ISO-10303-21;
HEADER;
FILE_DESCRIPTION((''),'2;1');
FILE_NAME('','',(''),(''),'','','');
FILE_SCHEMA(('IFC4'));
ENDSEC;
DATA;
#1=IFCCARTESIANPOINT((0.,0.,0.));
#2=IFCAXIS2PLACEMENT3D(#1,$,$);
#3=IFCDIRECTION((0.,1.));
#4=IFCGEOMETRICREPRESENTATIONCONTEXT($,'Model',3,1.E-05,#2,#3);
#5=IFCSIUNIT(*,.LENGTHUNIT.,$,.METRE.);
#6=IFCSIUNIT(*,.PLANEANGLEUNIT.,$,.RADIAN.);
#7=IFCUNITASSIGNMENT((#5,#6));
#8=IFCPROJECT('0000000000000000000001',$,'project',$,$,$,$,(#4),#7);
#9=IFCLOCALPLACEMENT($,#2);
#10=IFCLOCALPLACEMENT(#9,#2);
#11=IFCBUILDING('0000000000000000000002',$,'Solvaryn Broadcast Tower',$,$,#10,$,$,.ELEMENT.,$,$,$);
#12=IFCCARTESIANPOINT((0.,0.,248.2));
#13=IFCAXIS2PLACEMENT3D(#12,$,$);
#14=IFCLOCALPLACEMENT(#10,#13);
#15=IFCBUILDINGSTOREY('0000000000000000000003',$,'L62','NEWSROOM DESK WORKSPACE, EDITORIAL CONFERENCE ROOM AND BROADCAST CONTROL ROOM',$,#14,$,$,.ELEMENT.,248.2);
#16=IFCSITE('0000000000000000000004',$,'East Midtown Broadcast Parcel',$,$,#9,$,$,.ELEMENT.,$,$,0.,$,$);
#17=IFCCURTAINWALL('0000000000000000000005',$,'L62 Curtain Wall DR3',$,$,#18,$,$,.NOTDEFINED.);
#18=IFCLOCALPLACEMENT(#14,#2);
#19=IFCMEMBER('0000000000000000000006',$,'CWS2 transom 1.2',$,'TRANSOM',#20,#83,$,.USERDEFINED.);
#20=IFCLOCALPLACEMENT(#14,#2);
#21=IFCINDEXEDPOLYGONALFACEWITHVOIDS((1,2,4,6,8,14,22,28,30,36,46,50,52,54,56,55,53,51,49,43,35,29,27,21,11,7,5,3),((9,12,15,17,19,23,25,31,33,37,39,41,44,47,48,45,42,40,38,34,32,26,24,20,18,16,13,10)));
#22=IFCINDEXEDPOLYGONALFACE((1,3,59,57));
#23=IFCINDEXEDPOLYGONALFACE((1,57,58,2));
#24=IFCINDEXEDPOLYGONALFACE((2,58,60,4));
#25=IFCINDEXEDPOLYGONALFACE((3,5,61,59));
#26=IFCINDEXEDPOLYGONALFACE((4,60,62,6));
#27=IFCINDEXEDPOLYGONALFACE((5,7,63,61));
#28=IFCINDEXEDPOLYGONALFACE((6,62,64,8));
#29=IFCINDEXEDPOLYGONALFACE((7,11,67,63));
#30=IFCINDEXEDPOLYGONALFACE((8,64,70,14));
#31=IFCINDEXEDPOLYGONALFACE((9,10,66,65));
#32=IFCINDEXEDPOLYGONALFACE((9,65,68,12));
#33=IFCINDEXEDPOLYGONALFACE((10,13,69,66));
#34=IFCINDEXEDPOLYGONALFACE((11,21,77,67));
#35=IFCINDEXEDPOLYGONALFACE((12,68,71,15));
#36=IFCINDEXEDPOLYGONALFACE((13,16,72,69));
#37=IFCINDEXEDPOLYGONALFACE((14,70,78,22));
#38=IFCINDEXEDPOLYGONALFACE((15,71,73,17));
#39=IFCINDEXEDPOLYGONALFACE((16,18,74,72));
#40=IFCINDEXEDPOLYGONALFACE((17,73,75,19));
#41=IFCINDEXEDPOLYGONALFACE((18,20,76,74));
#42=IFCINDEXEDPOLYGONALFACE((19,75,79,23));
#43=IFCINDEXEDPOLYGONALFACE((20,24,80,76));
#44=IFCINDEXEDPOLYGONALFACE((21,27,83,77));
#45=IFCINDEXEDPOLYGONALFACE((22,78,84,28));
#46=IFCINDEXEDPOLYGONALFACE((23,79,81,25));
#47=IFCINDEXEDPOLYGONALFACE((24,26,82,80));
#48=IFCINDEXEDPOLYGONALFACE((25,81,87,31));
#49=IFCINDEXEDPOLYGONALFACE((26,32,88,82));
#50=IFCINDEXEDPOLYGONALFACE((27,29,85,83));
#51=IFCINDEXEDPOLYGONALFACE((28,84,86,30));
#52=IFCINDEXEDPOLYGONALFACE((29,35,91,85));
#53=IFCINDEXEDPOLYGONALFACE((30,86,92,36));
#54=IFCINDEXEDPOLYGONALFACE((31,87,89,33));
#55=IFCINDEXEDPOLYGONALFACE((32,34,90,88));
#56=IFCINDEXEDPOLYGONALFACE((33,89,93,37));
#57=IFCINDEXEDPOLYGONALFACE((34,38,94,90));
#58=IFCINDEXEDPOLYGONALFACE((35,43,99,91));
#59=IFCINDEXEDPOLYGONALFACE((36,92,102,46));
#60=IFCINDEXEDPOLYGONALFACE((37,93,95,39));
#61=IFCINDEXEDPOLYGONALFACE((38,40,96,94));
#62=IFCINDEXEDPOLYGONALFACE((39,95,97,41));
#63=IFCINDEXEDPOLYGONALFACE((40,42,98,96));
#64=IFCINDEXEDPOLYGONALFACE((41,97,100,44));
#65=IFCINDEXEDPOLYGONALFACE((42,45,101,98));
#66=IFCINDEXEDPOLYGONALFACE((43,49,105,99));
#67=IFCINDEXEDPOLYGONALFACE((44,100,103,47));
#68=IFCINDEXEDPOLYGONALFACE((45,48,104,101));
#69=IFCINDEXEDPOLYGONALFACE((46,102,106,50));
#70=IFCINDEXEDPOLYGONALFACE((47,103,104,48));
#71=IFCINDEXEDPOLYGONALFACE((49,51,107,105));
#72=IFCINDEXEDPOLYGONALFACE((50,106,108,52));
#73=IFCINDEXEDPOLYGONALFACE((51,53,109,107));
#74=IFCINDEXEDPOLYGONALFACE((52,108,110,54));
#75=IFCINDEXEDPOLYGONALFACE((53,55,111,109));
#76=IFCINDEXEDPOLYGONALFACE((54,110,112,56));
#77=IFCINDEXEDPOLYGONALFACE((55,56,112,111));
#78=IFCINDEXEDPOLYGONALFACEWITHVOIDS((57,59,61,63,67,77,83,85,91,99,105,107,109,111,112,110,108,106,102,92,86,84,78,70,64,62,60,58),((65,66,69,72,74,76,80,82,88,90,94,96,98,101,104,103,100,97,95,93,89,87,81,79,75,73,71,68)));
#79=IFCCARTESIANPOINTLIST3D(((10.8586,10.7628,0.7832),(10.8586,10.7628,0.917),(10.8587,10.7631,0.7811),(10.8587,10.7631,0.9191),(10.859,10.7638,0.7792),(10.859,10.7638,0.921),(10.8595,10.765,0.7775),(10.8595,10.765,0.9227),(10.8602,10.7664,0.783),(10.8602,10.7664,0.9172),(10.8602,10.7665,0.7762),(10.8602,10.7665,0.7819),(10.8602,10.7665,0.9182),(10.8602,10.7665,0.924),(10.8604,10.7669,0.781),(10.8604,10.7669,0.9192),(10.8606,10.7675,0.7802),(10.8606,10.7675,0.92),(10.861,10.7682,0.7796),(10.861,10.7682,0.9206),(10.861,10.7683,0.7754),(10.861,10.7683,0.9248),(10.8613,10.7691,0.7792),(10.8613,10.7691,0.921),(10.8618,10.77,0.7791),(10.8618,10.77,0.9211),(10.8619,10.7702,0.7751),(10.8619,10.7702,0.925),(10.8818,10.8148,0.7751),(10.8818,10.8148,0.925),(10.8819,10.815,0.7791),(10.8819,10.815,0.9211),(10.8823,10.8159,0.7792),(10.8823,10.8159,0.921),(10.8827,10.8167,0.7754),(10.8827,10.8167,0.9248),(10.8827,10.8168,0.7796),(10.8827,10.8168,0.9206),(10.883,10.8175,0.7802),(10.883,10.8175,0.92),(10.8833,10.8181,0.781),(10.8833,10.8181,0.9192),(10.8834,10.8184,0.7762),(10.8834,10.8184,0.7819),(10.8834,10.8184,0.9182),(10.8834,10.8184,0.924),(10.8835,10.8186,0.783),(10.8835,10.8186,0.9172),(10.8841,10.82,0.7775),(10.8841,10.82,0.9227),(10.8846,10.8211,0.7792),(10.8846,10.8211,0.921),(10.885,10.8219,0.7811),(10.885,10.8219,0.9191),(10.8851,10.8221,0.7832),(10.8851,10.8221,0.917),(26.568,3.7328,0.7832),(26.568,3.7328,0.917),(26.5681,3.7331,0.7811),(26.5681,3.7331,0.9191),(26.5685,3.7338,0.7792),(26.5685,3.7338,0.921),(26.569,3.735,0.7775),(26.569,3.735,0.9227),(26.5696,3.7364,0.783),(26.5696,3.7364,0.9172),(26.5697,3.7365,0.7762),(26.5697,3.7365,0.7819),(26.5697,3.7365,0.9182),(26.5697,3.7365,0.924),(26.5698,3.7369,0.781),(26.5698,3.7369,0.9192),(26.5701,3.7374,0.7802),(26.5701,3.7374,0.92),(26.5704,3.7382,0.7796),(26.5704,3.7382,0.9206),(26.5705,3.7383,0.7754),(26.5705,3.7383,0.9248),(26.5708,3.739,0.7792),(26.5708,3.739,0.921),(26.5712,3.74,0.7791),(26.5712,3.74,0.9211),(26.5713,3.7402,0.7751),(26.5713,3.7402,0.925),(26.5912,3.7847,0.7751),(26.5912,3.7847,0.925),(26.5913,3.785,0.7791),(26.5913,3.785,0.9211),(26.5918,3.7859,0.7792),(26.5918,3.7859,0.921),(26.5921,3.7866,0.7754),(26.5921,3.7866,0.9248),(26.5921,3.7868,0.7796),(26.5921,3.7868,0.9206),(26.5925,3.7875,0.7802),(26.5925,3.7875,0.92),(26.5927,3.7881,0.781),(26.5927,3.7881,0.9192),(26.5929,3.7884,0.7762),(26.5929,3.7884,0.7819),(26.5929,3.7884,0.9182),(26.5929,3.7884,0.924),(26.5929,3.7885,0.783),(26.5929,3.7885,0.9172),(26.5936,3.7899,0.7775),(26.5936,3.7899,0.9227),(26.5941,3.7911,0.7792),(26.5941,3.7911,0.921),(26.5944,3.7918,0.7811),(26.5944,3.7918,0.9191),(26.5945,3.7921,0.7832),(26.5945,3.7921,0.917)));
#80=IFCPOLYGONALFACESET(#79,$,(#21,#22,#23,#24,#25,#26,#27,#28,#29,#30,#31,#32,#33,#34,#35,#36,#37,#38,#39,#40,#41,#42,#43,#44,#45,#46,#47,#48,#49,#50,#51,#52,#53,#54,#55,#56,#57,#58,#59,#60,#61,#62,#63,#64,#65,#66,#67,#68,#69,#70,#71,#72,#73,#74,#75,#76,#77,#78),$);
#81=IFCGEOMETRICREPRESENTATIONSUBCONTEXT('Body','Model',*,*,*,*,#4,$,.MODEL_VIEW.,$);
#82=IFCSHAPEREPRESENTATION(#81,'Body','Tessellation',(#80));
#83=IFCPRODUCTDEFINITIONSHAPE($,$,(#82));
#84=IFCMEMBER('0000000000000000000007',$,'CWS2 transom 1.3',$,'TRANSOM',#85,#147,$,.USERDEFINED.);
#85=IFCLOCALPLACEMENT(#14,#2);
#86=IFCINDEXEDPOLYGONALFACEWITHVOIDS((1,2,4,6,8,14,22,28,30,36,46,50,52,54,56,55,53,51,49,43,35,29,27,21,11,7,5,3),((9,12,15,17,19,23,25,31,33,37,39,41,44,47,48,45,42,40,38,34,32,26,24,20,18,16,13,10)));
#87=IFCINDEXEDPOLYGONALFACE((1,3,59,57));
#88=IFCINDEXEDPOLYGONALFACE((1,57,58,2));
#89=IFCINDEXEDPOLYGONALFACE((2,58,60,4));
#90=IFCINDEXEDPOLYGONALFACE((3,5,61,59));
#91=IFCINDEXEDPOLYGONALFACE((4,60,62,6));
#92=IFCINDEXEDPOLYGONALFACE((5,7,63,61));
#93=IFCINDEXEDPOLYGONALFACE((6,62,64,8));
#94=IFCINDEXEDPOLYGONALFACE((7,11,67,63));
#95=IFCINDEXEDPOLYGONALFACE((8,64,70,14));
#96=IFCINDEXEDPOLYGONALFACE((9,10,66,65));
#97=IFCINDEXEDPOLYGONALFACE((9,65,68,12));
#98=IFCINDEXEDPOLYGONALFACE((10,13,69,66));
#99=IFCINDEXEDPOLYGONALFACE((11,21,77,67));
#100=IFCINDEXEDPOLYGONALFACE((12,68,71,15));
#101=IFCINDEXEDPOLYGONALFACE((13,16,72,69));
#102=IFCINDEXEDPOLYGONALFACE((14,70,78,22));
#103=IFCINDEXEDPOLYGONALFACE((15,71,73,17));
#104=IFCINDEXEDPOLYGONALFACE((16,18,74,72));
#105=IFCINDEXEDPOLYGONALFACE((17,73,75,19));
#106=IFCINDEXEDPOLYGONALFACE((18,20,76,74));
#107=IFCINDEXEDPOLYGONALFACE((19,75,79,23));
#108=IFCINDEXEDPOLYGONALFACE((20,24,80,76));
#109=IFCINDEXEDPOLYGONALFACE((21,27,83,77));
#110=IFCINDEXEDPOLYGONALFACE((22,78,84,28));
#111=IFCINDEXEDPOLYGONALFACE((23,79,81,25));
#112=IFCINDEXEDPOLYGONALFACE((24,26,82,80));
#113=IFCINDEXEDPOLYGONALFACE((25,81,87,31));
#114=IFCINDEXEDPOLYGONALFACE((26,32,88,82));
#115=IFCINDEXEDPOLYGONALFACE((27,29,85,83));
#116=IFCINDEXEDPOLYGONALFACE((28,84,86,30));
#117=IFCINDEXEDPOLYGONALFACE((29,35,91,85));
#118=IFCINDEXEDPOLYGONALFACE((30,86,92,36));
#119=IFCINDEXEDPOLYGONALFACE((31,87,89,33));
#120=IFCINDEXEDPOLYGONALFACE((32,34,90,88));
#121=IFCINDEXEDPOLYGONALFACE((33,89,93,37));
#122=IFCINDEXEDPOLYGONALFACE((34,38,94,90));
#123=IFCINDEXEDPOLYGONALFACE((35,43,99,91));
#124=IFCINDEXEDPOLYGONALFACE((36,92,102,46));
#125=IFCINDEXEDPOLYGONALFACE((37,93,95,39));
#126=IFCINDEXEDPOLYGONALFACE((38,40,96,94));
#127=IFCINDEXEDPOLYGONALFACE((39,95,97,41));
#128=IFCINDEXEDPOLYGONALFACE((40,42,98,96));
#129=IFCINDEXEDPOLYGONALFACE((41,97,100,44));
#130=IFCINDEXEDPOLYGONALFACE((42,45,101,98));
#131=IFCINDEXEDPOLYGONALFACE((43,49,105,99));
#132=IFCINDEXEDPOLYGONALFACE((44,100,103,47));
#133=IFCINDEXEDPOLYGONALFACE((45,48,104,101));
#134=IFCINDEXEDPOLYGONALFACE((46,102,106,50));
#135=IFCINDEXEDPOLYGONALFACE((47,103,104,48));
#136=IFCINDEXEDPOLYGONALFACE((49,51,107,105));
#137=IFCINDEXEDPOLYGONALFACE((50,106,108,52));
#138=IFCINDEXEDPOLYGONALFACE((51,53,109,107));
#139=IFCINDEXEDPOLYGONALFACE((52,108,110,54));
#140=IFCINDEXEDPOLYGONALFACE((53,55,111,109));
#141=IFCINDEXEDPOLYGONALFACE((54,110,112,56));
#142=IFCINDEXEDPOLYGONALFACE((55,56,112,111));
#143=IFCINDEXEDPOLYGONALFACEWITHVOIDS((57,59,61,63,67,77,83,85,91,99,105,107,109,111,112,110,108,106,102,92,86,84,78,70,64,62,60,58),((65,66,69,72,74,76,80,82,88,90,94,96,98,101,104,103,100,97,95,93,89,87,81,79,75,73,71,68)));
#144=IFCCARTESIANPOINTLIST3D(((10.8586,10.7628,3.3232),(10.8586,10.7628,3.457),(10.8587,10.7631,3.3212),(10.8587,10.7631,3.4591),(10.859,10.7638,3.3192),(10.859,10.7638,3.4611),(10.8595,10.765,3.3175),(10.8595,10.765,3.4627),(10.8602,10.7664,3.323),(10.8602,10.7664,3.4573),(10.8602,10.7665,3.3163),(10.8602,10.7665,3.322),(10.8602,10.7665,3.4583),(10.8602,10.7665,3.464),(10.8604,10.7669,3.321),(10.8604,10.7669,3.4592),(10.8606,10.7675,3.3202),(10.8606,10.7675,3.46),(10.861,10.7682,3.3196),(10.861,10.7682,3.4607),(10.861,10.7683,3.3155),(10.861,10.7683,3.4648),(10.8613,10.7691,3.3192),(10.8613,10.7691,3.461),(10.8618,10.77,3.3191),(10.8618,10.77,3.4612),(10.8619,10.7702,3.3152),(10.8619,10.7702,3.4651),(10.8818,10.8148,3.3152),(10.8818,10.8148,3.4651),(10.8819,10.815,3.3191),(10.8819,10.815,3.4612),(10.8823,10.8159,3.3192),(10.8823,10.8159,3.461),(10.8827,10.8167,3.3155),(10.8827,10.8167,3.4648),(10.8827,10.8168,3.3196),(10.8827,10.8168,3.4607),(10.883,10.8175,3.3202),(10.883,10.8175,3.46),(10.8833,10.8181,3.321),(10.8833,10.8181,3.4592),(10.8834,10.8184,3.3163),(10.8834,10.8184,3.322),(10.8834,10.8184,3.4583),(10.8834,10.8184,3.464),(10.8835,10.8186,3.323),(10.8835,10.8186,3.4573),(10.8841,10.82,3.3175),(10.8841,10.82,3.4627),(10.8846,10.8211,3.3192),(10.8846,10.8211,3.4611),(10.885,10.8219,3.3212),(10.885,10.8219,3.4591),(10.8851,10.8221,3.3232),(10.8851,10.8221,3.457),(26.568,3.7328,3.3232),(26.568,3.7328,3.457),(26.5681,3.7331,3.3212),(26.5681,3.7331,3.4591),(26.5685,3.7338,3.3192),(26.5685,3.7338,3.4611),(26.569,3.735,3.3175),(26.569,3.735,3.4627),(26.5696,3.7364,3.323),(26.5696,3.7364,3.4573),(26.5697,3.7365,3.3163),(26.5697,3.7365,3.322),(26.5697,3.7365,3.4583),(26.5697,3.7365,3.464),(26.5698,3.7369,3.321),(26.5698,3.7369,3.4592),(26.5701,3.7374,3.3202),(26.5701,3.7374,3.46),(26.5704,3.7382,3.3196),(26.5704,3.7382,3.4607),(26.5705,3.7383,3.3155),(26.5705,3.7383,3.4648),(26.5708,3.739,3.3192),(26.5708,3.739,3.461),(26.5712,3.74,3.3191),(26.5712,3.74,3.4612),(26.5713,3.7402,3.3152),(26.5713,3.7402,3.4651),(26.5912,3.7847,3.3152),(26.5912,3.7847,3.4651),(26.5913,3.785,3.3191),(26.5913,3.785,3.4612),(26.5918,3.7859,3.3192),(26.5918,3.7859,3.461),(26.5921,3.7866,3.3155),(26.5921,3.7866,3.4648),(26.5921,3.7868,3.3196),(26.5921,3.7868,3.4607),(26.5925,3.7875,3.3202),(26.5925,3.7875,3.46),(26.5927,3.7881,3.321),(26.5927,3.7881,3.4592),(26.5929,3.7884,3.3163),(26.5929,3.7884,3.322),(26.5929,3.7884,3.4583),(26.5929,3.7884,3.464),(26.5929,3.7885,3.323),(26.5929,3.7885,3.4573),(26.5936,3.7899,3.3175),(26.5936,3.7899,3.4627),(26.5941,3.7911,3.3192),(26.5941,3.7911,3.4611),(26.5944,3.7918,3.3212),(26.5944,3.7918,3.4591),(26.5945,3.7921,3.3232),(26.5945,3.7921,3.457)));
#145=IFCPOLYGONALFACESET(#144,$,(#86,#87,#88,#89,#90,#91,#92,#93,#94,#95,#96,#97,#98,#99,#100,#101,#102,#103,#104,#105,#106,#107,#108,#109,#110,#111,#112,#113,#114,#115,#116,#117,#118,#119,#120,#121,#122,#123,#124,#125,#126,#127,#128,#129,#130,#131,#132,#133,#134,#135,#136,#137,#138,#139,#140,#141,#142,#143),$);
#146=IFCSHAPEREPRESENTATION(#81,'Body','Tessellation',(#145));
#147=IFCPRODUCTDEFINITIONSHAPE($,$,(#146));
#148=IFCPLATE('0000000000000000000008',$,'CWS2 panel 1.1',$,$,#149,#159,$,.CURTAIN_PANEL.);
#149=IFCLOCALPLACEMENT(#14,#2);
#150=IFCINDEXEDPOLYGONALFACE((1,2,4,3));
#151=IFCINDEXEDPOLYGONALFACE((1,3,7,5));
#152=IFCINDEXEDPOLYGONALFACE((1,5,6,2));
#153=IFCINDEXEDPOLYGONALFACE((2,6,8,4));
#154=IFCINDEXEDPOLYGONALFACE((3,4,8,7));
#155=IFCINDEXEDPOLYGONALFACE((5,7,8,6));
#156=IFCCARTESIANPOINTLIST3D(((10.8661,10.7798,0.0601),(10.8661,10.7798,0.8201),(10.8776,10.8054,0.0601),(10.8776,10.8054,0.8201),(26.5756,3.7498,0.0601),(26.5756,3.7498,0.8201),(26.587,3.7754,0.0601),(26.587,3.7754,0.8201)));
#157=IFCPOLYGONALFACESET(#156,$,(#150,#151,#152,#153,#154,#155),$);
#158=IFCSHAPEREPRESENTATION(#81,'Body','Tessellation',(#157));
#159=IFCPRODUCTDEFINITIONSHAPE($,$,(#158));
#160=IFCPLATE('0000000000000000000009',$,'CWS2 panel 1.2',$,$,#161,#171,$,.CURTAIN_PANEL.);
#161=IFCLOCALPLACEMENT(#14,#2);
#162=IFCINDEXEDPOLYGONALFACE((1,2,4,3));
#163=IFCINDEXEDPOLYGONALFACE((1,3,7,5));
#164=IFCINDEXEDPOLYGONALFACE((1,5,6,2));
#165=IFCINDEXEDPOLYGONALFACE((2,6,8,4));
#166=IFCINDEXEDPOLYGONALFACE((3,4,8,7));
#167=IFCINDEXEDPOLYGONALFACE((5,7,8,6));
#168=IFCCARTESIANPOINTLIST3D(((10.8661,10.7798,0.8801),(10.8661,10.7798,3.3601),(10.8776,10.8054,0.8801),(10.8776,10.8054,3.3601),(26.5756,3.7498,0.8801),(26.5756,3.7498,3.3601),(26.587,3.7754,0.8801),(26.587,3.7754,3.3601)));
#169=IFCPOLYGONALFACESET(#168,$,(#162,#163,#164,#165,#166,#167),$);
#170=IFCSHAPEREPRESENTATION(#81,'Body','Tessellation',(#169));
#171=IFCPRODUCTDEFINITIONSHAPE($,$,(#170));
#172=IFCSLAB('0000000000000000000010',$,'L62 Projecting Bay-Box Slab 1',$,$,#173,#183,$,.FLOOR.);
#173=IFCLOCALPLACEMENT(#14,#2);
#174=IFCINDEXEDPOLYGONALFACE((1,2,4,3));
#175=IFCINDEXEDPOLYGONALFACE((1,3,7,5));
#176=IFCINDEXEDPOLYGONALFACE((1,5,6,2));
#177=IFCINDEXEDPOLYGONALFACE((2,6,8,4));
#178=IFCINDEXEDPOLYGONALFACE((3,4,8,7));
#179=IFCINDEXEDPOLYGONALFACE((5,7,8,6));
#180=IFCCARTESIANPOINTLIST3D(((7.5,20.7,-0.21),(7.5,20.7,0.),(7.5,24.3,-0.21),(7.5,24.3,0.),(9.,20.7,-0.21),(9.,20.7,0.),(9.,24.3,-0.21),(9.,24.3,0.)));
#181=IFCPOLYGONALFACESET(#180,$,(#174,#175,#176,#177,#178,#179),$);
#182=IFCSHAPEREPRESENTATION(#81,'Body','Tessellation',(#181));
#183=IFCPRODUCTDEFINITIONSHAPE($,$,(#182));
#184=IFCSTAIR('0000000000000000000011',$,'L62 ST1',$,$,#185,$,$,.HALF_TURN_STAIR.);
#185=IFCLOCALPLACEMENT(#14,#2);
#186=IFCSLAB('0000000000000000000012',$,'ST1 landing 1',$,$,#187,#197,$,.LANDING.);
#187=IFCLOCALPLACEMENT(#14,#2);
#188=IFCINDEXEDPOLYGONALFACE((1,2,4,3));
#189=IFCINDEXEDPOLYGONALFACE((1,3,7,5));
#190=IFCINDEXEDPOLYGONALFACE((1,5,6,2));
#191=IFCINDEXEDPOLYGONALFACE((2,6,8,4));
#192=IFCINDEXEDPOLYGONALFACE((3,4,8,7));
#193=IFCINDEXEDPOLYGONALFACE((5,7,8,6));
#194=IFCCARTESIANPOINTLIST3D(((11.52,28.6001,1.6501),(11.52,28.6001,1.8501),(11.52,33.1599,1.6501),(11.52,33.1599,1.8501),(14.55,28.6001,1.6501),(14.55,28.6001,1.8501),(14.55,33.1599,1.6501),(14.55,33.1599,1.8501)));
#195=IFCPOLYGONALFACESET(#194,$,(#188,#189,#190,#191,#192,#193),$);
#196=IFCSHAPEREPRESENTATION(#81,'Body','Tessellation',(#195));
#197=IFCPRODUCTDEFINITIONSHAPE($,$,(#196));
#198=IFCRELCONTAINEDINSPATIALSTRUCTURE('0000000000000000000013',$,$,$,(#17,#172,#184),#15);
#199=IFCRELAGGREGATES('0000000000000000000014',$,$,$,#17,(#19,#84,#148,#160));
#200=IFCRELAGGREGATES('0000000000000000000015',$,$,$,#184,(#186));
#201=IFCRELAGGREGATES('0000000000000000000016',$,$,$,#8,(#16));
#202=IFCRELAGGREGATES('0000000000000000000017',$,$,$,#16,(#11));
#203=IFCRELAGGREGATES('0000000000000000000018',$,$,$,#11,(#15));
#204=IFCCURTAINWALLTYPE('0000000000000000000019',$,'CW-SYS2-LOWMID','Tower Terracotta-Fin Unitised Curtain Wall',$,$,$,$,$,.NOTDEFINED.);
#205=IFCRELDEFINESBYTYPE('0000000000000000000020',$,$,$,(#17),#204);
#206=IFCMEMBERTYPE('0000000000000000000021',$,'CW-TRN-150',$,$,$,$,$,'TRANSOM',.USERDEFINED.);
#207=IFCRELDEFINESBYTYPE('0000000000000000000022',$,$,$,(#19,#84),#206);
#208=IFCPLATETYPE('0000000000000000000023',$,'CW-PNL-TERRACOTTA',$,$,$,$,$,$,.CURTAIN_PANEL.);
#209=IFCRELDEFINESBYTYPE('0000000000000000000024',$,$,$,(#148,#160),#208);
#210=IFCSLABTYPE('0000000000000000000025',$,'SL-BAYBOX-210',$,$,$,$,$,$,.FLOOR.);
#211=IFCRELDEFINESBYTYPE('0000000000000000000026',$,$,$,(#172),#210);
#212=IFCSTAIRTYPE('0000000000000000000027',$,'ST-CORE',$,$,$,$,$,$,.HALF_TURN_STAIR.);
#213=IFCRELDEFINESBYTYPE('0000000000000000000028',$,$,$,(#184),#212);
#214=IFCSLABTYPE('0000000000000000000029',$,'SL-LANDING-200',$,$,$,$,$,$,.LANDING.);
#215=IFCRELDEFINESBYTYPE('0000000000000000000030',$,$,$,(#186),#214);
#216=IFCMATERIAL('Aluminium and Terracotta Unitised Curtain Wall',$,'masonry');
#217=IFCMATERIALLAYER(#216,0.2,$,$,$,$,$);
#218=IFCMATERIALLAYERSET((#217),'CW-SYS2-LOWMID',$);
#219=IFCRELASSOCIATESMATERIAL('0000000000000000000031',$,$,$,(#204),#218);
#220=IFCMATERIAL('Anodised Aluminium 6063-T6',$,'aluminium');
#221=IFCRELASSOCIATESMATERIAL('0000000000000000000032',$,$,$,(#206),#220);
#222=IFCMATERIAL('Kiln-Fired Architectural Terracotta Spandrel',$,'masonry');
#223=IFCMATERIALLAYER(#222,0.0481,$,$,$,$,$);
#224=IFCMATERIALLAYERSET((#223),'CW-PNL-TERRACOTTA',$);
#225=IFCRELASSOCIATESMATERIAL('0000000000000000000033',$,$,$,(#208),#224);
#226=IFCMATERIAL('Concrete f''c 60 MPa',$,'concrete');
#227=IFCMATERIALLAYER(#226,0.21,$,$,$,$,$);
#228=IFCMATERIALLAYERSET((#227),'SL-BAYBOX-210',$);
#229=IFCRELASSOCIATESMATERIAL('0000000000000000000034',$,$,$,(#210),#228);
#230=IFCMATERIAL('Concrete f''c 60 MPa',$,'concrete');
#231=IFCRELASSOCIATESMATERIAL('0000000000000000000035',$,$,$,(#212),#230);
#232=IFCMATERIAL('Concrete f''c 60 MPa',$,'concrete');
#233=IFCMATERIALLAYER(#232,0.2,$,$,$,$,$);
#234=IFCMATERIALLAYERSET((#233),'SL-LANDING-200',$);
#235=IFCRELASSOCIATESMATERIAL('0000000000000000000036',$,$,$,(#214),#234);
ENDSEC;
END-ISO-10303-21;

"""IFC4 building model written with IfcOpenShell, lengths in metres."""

from ifc_helpers import new_model, si_unit, direction, frame, origin, origin_2d, place, context, subcontext, project, spatial, polyline, rectangle, hollow_rectangle, outline, extrude, material, layer, layer_set, material_profile, profile_set, type_object, element, aggregate, save


model = new_model("IFC4")

# Units and contexts
model_context = context("Model", 3, precision=1e-05, world=origin(), true_north=direction((0.0, 1.0)))
body_context = subcontext(model_context, "Body", "Model", "MODEL_VIEW")
ifc_project = project(units=[si_unit("LENGTHUNIT", "METRE"), si_unit("PLANEANGLEUNIT", "RADIAN")], contexts=[model_context])

# Site, building, storey
site_placement = place(None, origin())
site = spatial("IfcSite", under=ifc_project, at=site_placement, Name="East Midtown Broadcast Parcel", CompositionType="ELEMENT", RefElevation=0.0)
building_placement = place(site_placement, origin())
building = spatial("IfcBuilding", under=site, at=building_placement, Name="Solvaryn Broadcast Tower", CompositionType="ELEMENT")
storey_placement = place(building_placement, frame((0.0, 0.0, 248.2)))
storey = spatial("IfcBuildingStorey", under=building, at=storey_placement, Name="L62", Description="NEWSROOM DESK WORKSPACE, EDITORIAL CONFERENCE ROOM AND BROADCAST CONTROL ROOM", CompositionType="ELEMENT", Elevation=248.2)

# Shared definitions
ifc_material_1 = material(Name="Aluminium and Terracotta Unitised Curtain Wall", Category="masonry")
ifc_layer_1 = layer(ifc_material_1, 0.2)
ifc_layer_set_1 = layer_set([ifc_layer_1], Name="CW-SYS2-LOWMID")
curtain_wall_type = type_object("IfcCurtainWallType", Name="CW-SYS2-LOWMID", Description="Tower Terracotta-Fin Unitised Curtain Wall", PredefinedType="NOTDEFINED", material=ifc_layer_set_1)

# Curtain wall, members, plates
curtain_wall_1_placement = place(storey_placement, origin())
curtain_wall_1 = element("IfcCurtainWall", 1, at=curtain_wall_1_placement, inside=storey, type_object=curtain_wall_type, Name="L62 Curtain Wall DR3", PredefinedType="NOTDEFINED")
ifc_material_2 = material(Name="Anodised Aluminium 6063-T6", Category="aluminium")
ifc_material_profile_1 = material_profile(ifc_material_2, hollow_rectangle(XDim=0.0649, YDim=0.1499, WallThickness=0.0039, InnerFilletRadius=0.0039, OuterFilletRadius=0.0081, at=origin_2d()))
ifc_profile_set_1 = profile_set([ifc_material_profile_1], Name="Anodised Aluminium 6063-T6")
member_type_1 = type_object("IfcMemberType", Name="CW-TRN-150", ElementType="TRANSOM", PredefinedType="USERDEFINED", material=ifc_profile_set_1)
member_1_placement = place(storey_placement, frame((10.8718, 10.7925, 0.8501), z_axis=(0.912773, -0.408468, 0.0), x_axis=(0.408468, 0.912773, 0.0)))
member_1 = element("IfcMember", 2, at=member_1_placement, type_object=member_type_1, Name="CWS2 transom 1.2", ObjectType="TRANSOM", PredefinedType="USERDEFINED", context=body_context, shape_type="SweptSolid", body=[
    extrude(hollow_rectangle(XDim=0.0649, YDim=0.1499, WallThickness=0.0039, InnerFilletRadius=0.0039, OuterFilletRadius=0.0081, at=origin_2d()), origin(), (0.0, 0.0, 1.0), 17.2107),
])
member_2_placement = place(storey_placement, frame((10.8718, 10.7925, 3.3901), z_axis=(0.912773, -0.408468, 0.0), x_axis=(0.408468, 0.912773, 0.0)))
member_2 = element("IfcMember", 3, at=member_2_placement, type_object=member_type_1, Name="CWS2 transom 1.3", ObjectType="TRANSOM", PredefinedType="USERDEFINED", context=body_context, shape_type="SweptSolid", body=[
    extrude(hollow_rectangle(XDim=0.0649, YDim=0.1499, WallThickness=0.0039, InnerFilletRadius=0.0039, OuterFilletRadius=0.0081, at=origin_2d()), origin(), (0.0, 0.0, 1.0), 17.2107),
])
ifc_material_3 = material(Name="Kiln-Fired Architectural Terracotta Spandrel", Category="masonry")
ifc_layer_2 = layer(ifc_material_3, 0.0481)
ifc_layer_set_2 = layer_set([ifc_layer_2], Name="CW-PNL-TERRACOTTA")
plate_type = type_object("IfcPlateType", Name="CW-PNL-TERRACOTTA", PredefinedType="CURTAIN_PANEL", material=ifc_layer_set_2)
plate_1_placement = place(storey_placement, frame((18.7266, 7.2776, 0.0601), z_axis=(0.0, 0.0, 1.0), x_axis=(0.912774, -0.408466, 0.0)))
plate_1 = element("IfcPlate", 4, at=plate_1_placement, type_object=plate_type, Name="CWS2 panel 1.1", PredefinedType="CURTAIN_PANEL", context=body_context, shape_type="SweptSolid", body=[
    extrude(rectangle(XDim=17.2107, YDim=0.0281, at=origin_2d()), origin(), (0.0, 0.0, 1.0), 0.76),
])
plate_2_placement = place(storey_placement, frame((18.7266, 7.2776, 0.8801), z_axis=(0.0, 0.0, 1.0), x_axis=(0.912774, -0.408466, 0.0)))
plate_2 = element("IfcPlate", 5, at=plate_2_placement, type_object=plate_type, Name="CWS2 panel 1.2", PredefinedType="CURTAIN_PANEL", context=body_context, shape_type="SweptSolid", body=[
    extrude(rectangle(XDim=17.2107, YDim=0.0281, at=origin_2d()), origin(), (0.0, 0.0, 1.0), 2.48),
])
aggregate(curtain_wall_1, [member_1, member_2, plate_1, plate_2])

# Slab
ifc_material_4 = material(Name="Concrete f'c 60 MPa", Category="concrete")
ifc_layer_3 = layer(ifc_material_4, 0.21)
ifc_layer_set_3 = layer_set([ifc_layer_3], Name="SL-BAYBOX-210")
slab_type_1 = type_object("IfcSlabType", Name="SL-BAYBOX-210", PredefinedType="FLOOR", material=ifc_layer_set_3)
slab_1_placement = place(storey_placement, frame((0.0, 0.0, -0.21)))
element("IfcSlab", 6, at=slab_1_placement, inside=storey, type_object=slab_type_1, Name="L62 Projecting Bay-Box Slab 1", PredefinedType="FLOOR", context=body_context, shape_type="SweptSolid", body=[
    extrude(outline(polyline([(7.5, 20.7), (9.0, 20.7), (9.0, 24.3), (7.5, 24.3), (7.5, 20.7)])), origin(), (0.0, 0.0, 1.0), 0.21),
])

# Stair, slab
ifc_material_5 = material(Name="Concrete f'c 60 MPa", Category="concrete")
stair_type = type_object("IfcStairType", Name="ST-CORE", PredefinedType="HALF_TURN_STAIR", material=ifc_material_5)
stair_1_placement = place(storey_placement, origin())
stair_1 = element("IfcStair", 7, at=stair_1_placement, inside=storey, type_object=stair_type, Name="L62 ST1", PredefinedType="HALF_TURN_STAIR")
ifc_material_6 = material(Name="Concrete f'c 60 MPa", Category="concrete")
ifc_layer_4 = layer(ifc_material_6, 0.2)
ifc_layer_set_4 = layer_set([ifc_layer_4], Name="SL-LANDING-200")
slab_type_2 = type_object("IfcSlabType", Name="SL-LANDING-200", PredefinedType="LANDING", material=ifc_layer_set_4)
slab_2_placement = place(storey_placement, frame((0.0, 0.0, 1.6501)))
slab_2 = element("IfcSlab", 8, at=slab_2_placement, type_object=slab_type_2, Name="ST1 landing 1", PredefinedType="LANDING", context=body_context, shape_type="SweptSolid", body=[
    extrude(outline(polyline([(11.52, 33.1599), (11.52, 28.6001), (14.55, 28.6001), (14.55, 33.1599), (11.52, 33.1599)])), origin(), (0.0, 0.0, 1.0), 0.2),
])
aggregate(stair_1, [slab_2])

save(model, "model.ifc")
